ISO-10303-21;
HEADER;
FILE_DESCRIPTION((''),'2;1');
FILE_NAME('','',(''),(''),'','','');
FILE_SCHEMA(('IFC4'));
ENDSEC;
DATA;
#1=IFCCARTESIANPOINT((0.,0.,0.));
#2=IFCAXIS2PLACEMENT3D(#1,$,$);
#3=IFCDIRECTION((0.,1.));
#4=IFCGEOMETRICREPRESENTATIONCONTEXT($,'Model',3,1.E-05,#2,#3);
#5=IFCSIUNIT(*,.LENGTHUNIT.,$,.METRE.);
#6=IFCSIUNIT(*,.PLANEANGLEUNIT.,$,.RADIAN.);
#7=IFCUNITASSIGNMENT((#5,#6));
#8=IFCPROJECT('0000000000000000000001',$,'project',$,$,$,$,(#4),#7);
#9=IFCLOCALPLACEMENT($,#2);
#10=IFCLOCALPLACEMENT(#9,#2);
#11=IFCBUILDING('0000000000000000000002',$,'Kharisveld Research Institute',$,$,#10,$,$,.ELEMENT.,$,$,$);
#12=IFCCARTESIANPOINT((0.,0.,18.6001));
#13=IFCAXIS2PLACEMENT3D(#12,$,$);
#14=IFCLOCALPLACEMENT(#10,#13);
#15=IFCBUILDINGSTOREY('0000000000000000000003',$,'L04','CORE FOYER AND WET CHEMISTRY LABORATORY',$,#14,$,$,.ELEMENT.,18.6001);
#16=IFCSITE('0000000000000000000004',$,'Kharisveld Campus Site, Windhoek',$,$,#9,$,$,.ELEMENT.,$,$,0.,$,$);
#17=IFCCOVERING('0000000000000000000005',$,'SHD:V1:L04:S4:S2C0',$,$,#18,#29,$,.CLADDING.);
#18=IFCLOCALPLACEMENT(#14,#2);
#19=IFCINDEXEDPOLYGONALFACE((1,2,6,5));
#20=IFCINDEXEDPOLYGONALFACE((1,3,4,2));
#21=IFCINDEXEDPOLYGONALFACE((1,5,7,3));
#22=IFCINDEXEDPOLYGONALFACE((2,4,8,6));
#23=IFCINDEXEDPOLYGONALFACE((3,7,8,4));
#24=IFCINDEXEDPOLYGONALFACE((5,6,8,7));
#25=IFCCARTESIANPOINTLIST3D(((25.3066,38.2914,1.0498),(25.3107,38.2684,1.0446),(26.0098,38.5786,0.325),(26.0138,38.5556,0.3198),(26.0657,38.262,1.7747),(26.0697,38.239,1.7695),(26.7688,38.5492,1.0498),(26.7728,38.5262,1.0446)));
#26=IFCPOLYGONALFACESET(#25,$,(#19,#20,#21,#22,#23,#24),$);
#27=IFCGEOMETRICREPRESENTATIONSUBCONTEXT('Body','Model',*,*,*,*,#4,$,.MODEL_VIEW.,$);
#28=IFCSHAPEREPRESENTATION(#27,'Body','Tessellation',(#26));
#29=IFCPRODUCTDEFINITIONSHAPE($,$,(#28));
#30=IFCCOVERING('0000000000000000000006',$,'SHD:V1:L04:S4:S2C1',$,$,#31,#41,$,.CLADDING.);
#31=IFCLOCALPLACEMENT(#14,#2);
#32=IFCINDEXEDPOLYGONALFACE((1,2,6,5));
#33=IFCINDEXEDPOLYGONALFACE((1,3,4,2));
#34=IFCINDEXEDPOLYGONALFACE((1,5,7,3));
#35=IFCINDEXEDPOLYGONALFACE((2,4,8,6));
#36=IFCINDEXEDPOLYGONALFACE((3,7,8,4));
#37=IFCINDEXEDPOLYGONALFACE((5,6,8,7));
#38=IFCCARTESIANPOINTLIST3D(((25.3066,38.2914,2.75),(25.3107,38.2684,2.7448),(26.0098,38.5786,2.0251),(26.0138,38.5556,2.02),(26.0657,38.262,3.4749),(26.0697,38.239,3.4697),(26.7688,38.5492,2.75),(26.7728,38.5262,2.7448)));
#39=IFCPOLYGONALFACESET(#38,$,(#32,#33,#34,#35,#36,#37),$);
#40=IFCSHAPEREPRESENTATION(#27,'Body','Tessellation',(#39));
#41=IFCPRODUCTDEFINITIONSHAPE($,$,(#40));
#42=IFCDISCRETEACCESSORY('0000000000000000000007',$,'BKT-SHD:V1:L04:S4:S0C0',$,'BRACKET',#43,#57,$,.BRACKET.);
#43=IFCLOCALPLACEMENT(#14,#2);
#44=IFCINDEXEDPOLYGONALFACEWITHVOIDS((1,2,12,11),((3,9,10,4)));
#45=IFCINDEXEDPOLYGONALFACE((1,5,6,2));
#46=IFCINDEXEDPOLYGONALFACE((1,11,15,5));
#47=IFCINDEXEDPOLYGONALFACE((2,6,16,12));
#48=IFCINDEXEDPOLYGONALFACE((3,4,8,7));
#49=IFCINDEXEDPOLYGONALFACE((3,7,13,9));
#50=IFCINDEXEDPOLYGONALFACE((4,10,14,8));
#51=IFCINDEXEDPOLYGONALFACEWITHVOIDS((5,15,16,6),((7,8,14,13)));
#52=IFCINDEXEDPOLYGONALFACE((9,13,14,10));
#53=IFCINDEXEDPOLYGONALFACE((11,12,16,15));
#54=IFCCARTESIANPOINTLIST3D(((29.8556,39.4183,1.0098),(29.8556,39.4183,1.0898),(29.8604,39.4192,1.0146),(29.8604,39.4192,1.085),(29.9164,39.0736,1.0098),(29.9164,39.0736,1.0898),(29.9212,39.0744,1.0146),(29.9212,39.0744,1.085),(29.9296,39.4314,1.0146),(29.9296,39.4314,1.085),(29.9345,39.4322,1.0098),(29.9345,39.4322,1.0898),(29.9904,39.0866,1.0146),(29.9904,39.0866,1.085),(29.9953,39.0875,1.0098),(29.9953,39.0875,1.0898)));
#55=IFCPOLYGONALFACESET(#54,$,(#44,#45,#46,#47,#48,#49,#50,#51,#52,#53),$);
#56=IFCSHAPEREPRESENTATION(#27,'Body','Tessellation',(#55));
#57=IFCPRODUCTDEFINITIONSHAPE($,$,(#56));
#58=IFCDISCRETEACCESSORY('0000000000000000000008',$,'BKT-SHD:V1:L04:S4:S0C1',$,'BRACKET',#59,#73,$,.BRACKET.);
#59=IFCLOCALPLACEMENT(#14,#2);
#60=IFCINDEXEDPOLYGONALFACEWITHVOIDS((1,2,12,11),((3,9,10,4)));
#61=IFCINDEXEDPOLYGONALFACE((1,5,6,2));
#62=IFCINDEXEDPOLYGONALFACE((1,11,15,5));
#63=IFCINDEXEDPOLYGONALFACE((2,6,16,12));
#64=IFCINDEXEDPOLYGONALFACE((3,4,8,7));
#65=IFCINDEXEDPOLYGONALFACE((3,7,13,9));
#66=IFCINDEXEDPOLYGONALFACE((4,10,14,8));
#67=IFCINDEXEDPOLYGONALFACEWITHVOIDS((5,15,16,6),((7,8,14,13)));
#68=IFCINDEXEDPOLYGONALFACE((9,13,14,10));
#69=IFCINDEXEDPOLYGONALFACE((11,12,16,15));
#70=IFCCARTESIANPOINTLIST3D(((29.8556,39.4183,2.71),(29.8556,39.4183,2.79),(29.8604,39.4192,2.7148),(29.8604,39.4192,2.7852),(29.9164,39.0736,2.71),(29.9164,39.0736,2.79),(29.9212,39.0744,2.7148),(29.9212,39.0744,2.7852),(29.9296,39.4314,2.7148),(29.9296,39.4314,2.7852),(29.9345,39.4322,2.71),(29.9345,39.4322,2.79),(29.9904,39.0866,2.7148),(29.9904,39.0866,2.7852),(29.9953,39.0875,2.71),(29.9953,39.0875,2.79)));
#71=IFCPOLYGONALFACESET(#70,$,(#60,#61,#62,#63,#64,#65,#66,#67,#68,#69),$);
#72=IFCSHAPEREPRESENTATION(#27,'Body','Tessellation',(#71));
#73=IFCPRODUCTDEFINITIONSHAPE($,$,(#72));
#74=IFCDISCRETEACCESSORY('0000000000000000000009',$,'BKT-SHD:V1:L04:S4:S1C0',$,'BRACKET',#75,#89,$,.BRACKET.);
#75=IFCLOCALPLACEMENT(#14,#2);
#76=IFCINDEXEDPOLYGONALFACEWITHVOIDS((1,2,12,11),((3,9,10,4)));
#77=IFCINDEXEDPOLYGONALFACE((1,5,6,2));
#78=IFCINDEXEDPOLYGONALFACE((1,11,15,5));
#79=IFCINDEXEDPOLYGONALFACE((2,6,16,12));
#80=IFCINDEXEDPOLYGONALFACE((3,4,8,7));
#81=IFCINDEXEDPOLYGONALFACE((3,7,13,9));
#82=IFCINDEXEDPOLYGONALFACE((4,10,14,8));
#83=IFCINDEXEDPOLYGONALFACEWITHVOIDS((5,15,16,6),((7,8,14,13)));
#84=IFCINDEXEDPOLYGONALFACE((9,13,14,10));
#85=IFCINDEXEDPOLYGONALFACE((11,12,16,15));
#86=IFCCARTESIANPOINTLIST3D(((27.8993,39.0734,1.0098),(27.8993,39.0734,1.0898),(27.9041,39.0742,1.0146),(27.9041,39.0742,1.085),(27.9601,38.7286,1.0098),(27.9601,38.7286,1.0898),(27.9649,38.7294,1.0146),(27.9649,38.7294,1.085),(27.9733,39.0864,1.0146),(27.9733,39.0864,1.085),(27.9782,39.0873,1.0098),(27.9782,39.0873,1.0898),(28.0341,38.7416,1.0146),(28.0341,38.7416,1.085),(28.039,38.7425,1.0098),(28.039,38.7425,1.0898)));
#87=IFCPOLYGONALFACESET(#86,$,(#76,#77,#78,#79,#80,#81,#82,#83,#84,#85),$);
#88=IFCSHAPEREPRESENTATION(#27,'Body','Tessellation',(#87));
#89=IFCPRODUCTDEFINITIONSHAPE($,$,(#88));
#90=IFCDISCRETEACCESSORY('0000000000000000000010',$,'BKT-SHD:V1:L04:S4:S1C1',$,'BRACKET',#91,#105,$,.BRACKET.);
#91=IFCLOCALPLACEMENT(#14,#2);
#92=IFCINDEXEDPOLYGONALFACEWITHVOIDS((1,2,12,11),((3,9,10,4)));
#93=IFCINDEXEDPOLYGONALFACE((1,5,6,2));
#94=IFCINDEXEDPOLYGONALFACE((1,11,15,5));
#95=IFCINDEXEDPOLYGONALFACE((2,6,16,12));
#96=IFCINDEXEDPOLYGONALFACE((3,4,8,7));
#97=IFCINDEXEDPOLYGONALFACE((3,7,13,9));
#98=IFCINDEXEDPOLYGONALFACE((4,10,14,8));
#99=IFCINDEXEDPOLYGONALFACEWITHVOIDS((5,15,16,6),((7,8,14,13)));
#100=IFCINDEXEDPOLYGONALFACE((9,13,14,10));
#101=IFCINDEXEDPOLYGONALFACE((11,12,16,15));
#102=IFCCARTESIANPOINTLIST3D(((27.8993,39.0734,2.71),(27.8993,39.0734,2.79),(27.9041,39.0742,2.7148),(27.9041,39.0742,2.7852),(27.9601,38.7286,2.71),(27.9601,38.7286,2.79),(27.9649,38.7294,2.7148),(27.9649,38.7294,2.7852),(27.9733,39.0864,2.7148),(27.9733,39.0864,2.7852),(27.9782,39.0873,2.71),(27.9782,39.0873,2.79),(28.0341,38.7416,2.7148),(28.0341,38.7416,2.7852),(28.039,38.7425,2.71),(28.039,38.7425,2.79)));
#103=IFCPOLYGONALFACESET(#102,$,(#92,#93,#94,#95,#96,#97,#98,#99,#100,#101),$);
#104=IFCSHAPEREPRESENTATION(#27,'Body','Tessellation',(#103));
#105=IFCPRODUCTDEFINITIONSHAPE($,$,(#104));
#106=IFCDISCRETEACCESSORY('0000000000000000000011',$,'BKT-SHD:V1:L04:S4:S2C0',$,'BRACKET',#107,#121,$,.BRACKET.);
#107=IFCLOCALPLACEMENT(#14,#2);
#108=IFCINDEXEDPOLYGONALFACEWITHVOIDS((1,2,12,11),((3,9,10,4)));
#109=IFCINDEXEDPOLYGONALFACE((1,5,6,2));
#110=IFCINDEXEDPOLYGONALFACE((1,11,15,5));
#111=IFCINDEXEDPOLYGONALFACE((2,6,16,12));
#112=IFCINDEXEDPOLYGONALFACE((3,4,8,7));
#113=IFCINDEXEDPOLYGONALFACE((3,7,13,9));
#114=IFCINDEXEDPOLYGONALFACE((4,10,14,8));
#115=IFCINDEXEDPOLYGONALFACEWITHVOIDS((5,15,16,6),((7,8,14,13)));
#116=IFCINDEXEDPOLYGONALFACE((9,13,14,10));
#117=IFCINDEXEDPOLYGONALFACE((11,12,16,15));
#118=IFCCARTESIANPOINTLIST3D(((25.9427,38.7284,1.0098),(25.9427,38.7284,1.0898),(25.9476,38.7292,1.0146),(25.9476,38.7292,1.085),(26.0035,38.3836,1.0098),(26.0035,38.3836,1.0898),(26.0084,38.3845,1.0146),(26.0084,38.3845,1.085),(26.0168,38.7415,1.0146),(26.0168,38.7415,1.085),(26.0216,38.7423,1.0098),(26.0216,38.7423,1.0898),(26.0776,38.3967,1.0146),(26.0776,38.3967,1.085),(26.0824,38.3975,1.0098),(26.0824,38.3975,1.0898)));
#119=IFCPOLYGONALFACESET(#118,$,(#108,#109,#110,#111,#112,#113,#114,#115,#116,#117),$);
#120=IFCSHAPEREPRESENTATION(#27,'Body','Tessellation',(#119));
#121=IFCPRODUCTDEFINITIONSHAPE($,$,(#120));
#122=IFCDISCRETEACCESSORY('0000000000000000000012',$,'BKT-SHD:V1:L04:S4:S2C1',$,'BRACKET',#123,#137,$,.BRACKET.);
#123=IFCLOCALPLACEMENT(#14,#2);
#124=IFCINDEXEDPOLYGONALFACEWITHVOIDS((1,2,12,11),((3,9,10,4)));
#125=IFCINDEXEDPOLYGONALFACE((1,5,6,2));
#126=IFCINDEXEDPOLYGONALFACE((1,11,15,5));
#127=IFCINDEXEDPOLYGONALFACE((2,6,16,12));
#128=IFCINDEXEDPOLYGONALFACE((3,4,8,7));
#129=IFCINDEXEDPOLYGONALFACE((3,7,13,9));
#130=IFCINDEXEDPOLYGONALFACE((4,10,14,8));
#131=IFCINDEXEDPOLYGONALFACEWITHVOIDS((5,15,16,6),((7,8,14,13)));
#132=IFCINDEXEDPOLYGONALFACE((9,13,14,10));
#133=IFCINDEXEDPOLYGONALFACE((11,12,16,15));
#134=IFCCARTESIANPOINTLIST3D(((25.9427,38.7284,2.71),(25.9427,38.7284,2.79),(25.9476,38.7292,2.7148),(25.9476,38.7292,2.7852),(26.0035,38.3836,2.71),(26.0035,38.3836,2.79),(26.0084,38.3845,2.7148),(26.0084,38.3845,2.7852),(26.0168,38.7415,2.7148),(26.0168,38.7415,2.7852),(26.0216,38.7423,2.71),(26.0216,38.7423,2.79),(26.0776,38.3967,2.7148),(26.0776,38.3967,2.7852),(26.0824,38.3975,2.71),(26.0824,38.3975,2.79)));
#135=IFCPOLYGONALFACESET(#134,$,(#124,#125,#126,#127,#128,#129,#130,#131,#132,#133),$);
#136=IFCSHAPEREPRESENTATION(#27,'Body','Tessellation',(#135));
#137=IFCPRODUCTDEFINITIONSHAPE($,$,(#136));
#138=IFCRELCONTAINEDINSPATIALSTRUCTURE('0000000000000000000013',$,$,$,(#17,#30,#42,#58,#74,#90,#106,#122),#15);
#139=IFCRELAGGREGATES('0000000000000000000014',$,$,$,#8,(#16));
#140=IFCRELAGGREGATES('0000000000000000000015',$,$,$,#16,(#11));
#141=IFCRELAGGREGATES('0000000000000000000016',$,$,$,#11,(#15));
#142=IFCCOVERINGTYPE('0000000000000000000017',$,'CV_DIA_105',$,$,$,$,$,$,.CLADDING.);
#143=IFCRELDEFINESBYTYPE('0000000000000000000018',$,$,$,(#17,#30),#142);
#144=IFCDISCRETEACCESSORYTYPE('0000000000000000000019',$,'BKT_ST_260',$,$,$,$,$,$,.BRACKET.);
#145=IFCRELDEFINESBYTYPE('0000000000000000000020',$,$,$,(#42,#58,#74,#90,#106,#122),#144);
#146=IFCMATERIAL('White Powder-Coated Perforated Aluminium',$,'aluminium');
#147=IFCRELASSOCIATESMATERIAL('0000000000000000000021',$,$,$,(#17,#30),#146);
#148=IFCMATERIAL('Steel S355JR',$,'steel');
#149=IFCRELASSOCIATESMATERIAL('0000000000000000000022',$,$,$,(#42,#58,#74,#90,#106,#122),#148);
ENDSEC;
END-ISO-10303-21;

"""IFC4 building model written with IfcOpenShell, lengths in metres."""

from ifc_helpers import new_model, si_unit, direction, frame, origin, origin_2d, place, context, subcontext, project, spatial, polyline, hollow_rectangle, outline, extrude, material, type_object, element, save


model = new_model("IFC4")

# Units and contexts
model_context = context("Model", 3, precision=1e-05, world=origin(), true_north=direction((0.0, 1.0)))
body_context = subcontext(model_context, "Body", "Model", "MODEL_VIEW")
ifc_project = project(units=[si_unit("LENGTHUNIT", "METRE"), si_unit("PLANEANGLEUNIT", "RADIAN")], contexts=[model_context])

# Site, building, storey
site_placement = place(None, origin())
site = spatial("IfcSite", under=ifc_project, at=site_placement, Name="Kharisveld Campus Site, Windhoek", CompositionType="ELEMENT", RefElevation=0.0)
building_placement = place(site_placement, origin())
building = spatial("IfcBuilding", under=site, at=building_placement, Name="Kharisveld Research Institute", CompositionType="ELEMENT")
storey_placement = place(building_placement, frame((0.0, 0.0, 18.6001)))
storey = spatial("IfcBuildingStorey", under=building, at=storey_placement, Name="L04", Description="CORE FOYER AND WET CHEMISTRY LABORATORY", CompositionType="ELEMENT", Elevation=18.6001)

# Coverings
ifc_material_1 = material(Name="White Powder-Coated Perforated Aluminium", Category="aluminium")
covering_type = type_object("IfcCoveringType", Name="CV_DIA_105", PredefinedType="CLADDING")
for number, where, z_axis, x_axis, name in (
    (1, (26.0098, 38.5786, 0.325), (-0.169525, 0.961443, 0.21654), (-0.669701, -0.273579, 0.690402), "SHD:V1:L04:S4:S2C0"),
    (2, (26.0098, 38.5786, 2.0251), (-0.169525, 0.961443, 0.21654), (-0.669701, -0.273579, 0.690402), "SHD:V1:L04:S4:S2C1"),
):
    element("IfcCovering", number, at=place(storey_placement, frame(where, z_axis=z_axis, x_axis=x_axis)), inside=storey, type_object=covering_type, material=ifc_material_1, Name=name, PredefinedType="CLADDING", context=body_context, shape_type="SweptSolid", body=[
        extrude(outline(polyline([(0.0, 0.0), (1.0499, 0.0), (1.0501, 1.05), (0.0002, 1.05), (0.0, 0.0)])), origin(), (0.0, 0.0, -1.0), 0.0239),
    ])

# Discrete accessories
ifc_material_2 = material(Name="Steel S355JR", Category="steel")
discrete_accessory_type = type_object("IfcDiscreteAccessoryType", Name="BKT_ST_260", PredefinedType="BRACKET")
for number, where, z_axis, x_axis, name in (
    (3, (29.895, 39.4253, 1.0498), (0.173666, -0.984805, 0.0), (0.984805, 0.173666, 0.0), "BKT-SHD:V1:L04:S4:S0C0"),
    (4, (29.895, 39.4253, 2.75), (0.173666, -0.984805, 0.0), (0.984805, 0.173666, 0.0), "BKT-SHD:V1:L04:S4:S0C1"),
    (5, (27.9387, 39.0803, 1.0498), (0.173666, -0.984805, 0.0), (0.984805, 0.173666, 0.0), "BKT-SHD:V1:L04:S4:S1C0"),
    (6, (27.9387, 39.0803, 2.75), (0.173666, -0.984805, 0.0), (0.984805, 0.173666, 0.0), "BKT-SHD:V1:L04:S4:S1C1"),
    (7, (25.9822, 38.7354, 1.0498), (0.173666, -0.984805, 0.0), (0.984805, 0.173666, 0.0), "BKT-SHD:V1:L04:S4:S2C0"),
    (8, (25.9822, 38.7354, 2.75), (0.173666, -0.984805, 0.0), (0.984805, 0.173666, 0.0), "BKT-SHD:V1:L04:S4:S2C1"),
):
    element("IfcDiscreteAccessory", number, at=place(storey_placement, frame(where, z_axis=z_axis, x_axis=x_axis)), inside=storey, type_object=discrete_accessory_type, material=ifc_material_2, Name=name, ObjectType="BRACKET", PredefinedType="BRACKET", context=body_context, shape_type="SweptSolid", body=[
        extrude(hollow_rectangle(XDim=0.0801, YDim=0.0801, WallThickness=0.0049, at=origin_2d()), origin(), (0.0, 0.0, 1.0), 0.3501),
    ])

save(model, "model.ifc")
